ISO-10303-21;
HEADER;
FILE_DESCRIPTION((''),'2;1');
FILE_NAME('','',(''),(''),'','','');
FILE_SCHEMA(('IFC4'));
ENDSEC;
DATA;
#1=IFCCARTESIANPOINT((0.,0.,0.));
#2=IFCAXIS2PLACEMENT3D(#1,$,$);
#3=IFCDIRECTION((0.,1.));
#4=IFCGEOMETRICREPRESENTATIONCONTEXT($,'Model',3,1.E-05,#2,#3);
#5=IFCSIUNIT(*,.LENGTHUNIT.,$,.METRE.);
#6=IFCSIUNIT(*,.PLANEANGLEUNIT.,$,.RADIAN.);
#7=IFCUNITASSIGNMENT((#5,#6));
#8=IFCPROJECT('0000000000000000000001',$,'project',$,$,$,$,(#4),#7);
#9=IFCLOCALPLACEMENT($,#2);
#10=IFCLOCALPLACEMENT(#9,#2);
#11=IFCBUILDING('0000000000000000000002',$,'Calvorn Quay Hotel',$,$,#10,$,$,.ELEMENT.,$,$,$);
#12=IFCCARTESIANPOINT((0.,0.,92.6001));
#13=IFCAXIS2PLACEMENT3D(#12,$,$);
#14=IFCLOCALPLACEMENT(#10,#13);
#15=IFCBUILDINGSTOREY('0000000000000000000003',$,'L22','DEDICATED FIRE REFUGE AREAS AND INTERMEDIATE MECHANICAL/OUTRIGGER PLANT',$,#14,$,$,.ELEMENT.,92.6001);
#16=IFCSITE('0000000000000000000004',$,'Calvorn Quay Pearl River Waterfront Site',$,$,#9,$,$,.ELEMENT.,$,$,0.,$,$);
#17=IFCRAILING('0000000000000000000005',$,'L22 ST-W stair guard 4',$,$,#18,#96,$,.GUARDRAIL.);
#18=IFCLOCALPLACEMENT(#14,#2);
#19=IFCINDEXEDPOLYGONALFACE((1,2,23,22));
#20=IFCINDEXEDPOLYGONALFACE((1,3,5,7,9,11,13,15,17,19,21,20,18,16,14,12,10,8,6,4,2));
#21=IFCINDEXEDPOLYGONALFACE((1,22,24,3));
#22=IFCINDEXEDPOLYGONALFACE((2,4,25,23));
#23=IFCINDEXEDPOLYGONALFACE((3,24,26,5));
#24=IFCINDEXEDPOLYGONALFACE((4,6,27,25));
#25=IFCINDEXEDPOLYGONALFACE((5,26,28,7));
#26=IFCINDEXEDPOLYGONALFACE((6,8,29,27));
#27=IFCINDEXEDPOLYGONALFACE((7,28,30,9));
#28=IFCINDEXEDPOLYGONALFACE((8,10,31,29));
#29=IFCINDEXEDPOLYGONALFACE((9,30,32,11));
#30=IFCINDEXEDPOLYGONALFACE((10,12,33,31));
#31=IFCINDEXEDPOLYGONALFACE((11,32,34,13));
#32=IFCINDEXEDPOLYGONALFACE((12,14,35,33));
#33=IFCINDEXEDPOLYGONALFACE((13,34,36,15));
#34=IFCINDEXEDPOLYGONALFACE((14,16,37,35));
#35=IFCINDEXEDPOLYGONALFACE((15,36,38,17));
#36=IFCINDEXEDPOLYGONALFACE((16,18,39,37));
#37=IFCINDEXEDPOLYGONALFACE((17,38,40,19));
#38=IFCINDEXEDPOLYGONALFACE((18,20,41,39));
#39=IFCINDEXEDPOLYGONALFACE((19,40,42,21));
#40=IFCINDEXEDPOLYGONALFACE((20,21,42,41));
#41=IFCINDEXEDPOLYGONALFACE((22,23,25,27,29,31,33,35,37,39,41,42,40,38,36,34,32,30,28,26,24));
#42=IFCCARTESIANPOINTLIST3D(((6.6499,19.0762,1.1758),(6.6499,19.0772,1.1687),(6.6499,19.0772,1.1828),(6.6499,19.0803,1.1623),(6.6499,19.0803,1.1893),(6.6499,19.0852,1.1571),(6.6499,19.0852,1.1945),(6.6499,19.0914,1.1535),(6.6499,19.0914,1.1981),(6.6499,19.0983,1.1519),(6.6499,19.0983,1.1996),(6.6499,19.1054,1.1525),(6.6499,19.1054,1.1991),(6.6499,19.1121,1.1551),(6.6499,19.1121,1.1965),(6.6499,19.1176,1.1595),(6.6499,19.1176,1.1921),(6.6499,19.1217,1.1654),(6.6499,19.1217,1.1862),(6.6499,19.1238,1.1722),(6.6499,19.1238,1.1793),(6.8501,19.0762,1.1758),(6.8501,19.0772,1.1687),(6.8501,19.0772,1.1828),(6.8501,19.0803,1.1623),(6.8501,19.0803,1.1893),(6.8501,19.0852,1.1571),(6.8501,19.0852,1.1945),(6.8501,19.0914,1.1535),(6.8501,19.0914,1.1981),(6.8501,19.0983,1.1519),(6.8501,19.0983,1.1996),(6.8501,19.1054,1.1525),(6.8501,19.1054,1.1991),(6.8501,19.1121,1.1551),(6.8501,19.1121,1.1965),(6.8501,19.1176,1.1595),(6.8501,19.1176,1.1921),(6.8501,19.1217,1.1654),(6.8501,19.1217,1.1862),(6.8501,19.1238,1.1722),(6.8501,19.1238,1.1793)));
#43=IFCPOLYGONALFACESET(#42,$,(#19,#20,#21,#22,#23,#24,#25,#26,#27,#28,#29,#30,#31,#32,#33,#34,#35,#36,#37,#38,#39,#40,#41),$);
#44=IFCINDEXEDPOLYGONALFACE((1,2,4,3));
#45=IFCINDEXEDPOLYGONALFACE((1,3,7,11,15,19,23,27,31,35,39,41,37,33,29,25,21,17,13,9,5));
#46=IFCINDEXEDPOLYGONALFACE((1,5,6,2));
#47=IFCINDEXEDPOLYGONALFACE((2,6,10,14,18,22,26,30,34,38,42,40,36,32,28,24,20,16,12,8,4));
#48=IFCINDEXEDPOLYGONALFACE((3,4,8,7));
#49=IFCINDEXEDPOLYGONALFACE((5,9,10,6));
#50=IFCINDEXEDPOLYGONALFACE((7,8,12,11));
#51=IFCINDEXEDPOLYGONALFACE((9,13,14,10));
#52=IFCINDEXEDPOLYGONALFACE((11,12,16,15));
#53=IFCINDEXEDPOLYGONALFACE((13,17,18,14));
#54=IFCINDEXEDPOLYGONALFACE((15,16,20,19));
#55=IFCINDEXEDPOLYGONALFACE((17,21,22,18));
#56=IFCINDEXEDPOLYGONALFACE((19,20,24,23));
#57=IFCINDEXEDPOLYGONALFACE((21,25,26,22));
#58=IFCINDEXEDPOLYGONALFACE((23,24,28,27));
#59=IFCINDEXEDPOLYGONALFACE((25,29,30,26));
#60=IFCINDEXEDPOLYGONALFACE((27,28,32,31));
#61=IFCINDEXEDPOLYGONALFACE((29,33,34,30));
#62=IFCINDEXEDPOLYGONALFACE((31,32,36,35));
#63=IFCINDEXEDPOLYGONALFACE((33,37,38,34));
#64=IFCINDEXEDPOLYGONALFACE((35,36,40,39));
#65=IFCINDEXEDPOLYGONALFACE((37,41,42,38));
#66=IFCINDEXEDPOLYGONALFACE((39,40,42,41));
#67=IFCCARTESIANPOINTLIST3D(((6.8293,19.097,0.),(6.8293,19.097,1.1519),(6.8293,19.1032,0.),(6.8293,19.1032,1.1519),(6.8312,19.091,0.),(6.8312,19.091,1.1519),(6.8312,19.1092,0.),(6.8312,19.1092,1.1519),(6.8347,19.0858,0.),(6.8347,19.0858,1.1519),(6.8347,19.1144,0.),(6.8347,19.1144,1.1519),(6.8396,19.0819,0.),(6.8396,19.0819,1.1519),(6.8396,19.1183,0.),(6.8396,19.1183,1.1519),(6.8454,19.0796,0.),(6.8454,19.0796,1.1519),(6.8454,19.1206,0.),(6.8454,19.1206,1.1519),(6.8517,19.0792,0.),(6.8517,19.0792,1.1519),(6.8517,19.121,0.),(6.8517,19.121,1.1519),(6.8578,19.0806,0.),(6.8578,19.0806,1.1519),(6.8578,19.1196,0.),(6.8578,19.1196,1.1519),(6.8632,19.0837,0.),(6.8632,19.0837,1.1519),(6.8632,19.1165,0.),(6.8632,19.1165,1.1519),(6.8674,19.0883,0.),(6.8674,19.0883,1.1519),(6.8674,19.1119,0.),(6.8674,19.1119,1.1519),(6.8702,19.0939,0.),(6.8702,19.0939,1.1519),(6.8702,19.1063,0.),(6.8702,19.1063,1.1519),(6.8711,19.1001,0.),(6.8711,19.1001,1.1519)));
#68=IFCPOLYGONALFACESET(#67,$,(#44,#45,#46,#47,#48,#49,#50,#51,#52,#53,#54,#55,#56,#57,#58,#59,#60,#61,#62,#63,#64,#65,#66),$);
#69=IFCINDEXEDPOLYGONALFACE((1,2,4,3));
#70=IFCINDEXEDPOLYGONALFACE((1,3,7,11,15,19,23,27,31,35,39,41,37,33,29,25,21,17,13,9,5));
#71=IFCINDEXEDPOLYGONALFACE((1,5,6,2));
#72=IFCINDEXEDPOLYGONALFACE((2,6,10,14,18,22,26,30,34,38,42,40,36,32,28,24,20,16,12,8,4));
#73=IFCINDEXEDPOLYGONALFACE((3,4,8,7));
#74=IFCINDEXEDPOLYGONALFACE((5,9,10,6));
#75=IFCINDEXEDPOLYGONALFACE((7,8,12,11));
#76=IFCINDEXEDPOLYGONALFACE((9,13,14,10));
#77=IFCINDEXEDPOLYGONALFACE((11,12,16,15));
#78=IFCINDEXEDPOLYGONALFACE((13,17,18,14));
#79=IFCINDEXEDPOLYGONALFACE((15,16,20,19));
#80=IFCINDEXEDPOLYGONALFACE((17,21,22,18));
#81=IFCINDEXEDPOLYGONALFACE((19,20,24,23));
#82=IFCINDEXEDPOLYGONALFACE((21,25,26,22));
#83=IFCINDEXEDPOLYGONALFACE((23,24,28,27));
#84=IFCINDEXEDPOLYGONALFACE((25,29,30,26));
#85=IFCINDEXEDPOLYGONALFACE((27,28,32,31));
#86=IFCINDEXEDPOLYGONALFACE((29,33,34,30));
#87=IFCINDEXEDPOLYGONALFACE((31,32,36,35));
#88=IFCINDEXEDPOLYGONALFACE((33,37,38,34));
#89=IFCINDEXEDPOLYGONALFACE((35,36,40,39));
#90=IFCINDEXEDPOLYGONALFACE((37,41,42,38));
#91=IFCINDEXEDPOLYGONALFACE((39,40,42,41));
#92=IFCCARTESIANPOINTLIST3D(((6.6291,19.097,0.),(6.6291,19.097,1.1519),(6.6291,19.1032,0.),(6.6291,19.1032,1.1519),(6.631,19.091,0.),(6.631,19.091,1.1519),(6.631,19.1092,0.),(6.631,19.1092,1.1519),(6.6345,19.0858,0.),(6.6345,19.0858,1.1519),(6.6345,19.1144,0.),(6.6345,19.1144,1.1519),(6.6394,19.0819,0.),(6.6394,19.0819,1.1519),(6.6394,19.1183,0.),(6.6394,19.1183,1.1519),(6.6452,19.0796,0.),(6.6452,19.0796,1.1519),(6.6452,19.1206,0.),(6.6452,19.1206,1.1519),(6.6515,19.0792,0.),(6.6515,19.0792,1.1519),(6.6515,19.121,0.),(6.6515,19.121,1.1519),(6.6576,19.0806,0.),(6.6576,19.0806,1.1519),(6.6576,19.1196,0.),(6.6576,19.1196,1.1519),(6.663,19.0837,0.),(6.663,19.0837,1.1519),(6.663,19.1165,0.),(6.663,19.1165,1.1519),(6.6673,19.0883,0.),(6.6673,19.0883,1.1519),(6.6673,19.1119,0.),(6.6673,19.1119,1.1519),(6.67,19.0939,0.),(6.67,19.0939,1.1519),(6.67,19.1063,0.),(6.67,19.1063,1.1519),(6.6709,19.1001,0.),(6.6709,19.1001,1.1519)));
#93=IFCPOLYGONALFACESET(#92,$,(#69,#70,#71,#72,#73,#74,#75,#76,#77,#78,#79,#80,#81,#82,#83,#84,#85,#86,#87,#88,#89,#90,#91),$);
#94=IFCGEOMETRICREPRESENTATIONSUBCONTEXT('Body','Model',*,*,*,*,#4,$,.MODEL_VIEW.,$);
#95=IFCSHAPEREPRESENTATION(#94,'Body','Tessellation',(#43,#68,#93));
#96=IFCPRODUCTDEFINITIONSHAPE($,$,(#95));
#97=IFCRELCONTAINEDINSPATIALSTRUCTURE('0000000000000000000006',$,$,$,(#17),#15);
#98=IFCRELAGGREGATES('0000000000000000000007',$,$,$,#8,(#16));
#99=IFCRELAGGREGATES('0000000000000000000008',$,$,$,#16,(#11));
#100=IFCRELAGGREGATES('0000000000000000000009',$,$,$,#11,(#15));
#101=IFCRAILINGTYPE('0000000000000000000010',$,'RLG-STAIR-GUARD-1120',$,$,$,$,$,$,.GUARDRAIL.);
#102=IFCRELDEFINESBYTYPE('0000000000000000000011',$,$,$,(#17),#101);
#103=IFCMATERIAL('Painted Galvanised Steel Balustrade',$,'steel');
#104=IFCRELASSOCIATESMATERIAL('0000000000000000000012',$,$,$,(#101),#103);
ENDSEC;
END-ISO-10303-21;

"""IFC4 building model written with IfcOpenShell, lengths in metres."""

from ifc_helpers import new_model, si_unit, direction, frame, origin, origin_2d, place, context, subcontext, project, spatial, circle, extrude, material, type_object, element, save


model = new_model("IFC4")

# Units and contexts
model_context = context("Model", 3, precision=1e-05, world=origin(), true_north=direction((0.0, 1.0)))
body_context = subcontext(model_context, "Body", "Model", "MODEL_VIEW")
ifc_project = project(units=[si_unit("LENGTHUNIT", "METRE"), si_unit("PLANEANGLEUNIT", "RADIAN")], contexts=[model_context])

# Site, building, storey
site_placement = place(None, origin())
site = spatial("IfcSite", under=ifc_project, at=site_placement, Name="Calvorn Quay Pearl River Waterfront Site", CompositionType="ELEMENT", RefElevation=0.0)
building_placement = place(site_placement, origin())
building = spatial("IfcBuilding", under=site, at=building_placement, Name="Calvorn Quay Hotel", CompositionType="ELEMENT")
storey_placement = place(building_placement, frame((0.0, 0.0, 92.6001)))
storey = spatial("IfcBuildingStorey", under=building, at=storey_placement, Name="L22", Description="DEDICATED FIRE REFUGE AREAS AND INTERMEDIATE MECHANICAL/OUTRIGGER PLANT", CompositionType="ELEMENT", Elevation=92.6001)

# Railing
ifc_material_1 = material(Name="Painted Galvanised Steel Balustrade", Category="steel")
railing_type_1 = type_object("IfcRailingType", Name="RLG-STAIR-GUARD-1120", PredefinedType="GUARDRAIL", material=ifc_material_1)
railing_1_placement = place(storey_placement, frame((6.8501, 19.1001, 0.0)))
element("IfcRailing", 1, at=railing_1_placement, inside=storey, type_object=railing_type_1, Name="L22 ST-W stair guard 4", PredefinedType="GUARDRAIL", context=body_context, shape_type="SweptSolid", body=[
    extrude(circle(Radius=0.0239, at=origin_2d()), frame((0.0, 0.0, 1.1758), z_axis=(-1.0, 0.0, 0.0), x_axis=(0.0, -1.0, 0.0)), (0.0, 0.0, 1.0), 0.2002),
    extrude(circle(Radius=0.021, at=origin_2d()), origin(), (0.0, 0.0, 1.0), 1.1519),
    extrude(circle(Radius=0.021, at=origin_2d()), frame((-0.2002, 0.0, 0.0)), (0.0, 0.0, 1.0), 1.1519),
])

save(model, "model.ifc")
